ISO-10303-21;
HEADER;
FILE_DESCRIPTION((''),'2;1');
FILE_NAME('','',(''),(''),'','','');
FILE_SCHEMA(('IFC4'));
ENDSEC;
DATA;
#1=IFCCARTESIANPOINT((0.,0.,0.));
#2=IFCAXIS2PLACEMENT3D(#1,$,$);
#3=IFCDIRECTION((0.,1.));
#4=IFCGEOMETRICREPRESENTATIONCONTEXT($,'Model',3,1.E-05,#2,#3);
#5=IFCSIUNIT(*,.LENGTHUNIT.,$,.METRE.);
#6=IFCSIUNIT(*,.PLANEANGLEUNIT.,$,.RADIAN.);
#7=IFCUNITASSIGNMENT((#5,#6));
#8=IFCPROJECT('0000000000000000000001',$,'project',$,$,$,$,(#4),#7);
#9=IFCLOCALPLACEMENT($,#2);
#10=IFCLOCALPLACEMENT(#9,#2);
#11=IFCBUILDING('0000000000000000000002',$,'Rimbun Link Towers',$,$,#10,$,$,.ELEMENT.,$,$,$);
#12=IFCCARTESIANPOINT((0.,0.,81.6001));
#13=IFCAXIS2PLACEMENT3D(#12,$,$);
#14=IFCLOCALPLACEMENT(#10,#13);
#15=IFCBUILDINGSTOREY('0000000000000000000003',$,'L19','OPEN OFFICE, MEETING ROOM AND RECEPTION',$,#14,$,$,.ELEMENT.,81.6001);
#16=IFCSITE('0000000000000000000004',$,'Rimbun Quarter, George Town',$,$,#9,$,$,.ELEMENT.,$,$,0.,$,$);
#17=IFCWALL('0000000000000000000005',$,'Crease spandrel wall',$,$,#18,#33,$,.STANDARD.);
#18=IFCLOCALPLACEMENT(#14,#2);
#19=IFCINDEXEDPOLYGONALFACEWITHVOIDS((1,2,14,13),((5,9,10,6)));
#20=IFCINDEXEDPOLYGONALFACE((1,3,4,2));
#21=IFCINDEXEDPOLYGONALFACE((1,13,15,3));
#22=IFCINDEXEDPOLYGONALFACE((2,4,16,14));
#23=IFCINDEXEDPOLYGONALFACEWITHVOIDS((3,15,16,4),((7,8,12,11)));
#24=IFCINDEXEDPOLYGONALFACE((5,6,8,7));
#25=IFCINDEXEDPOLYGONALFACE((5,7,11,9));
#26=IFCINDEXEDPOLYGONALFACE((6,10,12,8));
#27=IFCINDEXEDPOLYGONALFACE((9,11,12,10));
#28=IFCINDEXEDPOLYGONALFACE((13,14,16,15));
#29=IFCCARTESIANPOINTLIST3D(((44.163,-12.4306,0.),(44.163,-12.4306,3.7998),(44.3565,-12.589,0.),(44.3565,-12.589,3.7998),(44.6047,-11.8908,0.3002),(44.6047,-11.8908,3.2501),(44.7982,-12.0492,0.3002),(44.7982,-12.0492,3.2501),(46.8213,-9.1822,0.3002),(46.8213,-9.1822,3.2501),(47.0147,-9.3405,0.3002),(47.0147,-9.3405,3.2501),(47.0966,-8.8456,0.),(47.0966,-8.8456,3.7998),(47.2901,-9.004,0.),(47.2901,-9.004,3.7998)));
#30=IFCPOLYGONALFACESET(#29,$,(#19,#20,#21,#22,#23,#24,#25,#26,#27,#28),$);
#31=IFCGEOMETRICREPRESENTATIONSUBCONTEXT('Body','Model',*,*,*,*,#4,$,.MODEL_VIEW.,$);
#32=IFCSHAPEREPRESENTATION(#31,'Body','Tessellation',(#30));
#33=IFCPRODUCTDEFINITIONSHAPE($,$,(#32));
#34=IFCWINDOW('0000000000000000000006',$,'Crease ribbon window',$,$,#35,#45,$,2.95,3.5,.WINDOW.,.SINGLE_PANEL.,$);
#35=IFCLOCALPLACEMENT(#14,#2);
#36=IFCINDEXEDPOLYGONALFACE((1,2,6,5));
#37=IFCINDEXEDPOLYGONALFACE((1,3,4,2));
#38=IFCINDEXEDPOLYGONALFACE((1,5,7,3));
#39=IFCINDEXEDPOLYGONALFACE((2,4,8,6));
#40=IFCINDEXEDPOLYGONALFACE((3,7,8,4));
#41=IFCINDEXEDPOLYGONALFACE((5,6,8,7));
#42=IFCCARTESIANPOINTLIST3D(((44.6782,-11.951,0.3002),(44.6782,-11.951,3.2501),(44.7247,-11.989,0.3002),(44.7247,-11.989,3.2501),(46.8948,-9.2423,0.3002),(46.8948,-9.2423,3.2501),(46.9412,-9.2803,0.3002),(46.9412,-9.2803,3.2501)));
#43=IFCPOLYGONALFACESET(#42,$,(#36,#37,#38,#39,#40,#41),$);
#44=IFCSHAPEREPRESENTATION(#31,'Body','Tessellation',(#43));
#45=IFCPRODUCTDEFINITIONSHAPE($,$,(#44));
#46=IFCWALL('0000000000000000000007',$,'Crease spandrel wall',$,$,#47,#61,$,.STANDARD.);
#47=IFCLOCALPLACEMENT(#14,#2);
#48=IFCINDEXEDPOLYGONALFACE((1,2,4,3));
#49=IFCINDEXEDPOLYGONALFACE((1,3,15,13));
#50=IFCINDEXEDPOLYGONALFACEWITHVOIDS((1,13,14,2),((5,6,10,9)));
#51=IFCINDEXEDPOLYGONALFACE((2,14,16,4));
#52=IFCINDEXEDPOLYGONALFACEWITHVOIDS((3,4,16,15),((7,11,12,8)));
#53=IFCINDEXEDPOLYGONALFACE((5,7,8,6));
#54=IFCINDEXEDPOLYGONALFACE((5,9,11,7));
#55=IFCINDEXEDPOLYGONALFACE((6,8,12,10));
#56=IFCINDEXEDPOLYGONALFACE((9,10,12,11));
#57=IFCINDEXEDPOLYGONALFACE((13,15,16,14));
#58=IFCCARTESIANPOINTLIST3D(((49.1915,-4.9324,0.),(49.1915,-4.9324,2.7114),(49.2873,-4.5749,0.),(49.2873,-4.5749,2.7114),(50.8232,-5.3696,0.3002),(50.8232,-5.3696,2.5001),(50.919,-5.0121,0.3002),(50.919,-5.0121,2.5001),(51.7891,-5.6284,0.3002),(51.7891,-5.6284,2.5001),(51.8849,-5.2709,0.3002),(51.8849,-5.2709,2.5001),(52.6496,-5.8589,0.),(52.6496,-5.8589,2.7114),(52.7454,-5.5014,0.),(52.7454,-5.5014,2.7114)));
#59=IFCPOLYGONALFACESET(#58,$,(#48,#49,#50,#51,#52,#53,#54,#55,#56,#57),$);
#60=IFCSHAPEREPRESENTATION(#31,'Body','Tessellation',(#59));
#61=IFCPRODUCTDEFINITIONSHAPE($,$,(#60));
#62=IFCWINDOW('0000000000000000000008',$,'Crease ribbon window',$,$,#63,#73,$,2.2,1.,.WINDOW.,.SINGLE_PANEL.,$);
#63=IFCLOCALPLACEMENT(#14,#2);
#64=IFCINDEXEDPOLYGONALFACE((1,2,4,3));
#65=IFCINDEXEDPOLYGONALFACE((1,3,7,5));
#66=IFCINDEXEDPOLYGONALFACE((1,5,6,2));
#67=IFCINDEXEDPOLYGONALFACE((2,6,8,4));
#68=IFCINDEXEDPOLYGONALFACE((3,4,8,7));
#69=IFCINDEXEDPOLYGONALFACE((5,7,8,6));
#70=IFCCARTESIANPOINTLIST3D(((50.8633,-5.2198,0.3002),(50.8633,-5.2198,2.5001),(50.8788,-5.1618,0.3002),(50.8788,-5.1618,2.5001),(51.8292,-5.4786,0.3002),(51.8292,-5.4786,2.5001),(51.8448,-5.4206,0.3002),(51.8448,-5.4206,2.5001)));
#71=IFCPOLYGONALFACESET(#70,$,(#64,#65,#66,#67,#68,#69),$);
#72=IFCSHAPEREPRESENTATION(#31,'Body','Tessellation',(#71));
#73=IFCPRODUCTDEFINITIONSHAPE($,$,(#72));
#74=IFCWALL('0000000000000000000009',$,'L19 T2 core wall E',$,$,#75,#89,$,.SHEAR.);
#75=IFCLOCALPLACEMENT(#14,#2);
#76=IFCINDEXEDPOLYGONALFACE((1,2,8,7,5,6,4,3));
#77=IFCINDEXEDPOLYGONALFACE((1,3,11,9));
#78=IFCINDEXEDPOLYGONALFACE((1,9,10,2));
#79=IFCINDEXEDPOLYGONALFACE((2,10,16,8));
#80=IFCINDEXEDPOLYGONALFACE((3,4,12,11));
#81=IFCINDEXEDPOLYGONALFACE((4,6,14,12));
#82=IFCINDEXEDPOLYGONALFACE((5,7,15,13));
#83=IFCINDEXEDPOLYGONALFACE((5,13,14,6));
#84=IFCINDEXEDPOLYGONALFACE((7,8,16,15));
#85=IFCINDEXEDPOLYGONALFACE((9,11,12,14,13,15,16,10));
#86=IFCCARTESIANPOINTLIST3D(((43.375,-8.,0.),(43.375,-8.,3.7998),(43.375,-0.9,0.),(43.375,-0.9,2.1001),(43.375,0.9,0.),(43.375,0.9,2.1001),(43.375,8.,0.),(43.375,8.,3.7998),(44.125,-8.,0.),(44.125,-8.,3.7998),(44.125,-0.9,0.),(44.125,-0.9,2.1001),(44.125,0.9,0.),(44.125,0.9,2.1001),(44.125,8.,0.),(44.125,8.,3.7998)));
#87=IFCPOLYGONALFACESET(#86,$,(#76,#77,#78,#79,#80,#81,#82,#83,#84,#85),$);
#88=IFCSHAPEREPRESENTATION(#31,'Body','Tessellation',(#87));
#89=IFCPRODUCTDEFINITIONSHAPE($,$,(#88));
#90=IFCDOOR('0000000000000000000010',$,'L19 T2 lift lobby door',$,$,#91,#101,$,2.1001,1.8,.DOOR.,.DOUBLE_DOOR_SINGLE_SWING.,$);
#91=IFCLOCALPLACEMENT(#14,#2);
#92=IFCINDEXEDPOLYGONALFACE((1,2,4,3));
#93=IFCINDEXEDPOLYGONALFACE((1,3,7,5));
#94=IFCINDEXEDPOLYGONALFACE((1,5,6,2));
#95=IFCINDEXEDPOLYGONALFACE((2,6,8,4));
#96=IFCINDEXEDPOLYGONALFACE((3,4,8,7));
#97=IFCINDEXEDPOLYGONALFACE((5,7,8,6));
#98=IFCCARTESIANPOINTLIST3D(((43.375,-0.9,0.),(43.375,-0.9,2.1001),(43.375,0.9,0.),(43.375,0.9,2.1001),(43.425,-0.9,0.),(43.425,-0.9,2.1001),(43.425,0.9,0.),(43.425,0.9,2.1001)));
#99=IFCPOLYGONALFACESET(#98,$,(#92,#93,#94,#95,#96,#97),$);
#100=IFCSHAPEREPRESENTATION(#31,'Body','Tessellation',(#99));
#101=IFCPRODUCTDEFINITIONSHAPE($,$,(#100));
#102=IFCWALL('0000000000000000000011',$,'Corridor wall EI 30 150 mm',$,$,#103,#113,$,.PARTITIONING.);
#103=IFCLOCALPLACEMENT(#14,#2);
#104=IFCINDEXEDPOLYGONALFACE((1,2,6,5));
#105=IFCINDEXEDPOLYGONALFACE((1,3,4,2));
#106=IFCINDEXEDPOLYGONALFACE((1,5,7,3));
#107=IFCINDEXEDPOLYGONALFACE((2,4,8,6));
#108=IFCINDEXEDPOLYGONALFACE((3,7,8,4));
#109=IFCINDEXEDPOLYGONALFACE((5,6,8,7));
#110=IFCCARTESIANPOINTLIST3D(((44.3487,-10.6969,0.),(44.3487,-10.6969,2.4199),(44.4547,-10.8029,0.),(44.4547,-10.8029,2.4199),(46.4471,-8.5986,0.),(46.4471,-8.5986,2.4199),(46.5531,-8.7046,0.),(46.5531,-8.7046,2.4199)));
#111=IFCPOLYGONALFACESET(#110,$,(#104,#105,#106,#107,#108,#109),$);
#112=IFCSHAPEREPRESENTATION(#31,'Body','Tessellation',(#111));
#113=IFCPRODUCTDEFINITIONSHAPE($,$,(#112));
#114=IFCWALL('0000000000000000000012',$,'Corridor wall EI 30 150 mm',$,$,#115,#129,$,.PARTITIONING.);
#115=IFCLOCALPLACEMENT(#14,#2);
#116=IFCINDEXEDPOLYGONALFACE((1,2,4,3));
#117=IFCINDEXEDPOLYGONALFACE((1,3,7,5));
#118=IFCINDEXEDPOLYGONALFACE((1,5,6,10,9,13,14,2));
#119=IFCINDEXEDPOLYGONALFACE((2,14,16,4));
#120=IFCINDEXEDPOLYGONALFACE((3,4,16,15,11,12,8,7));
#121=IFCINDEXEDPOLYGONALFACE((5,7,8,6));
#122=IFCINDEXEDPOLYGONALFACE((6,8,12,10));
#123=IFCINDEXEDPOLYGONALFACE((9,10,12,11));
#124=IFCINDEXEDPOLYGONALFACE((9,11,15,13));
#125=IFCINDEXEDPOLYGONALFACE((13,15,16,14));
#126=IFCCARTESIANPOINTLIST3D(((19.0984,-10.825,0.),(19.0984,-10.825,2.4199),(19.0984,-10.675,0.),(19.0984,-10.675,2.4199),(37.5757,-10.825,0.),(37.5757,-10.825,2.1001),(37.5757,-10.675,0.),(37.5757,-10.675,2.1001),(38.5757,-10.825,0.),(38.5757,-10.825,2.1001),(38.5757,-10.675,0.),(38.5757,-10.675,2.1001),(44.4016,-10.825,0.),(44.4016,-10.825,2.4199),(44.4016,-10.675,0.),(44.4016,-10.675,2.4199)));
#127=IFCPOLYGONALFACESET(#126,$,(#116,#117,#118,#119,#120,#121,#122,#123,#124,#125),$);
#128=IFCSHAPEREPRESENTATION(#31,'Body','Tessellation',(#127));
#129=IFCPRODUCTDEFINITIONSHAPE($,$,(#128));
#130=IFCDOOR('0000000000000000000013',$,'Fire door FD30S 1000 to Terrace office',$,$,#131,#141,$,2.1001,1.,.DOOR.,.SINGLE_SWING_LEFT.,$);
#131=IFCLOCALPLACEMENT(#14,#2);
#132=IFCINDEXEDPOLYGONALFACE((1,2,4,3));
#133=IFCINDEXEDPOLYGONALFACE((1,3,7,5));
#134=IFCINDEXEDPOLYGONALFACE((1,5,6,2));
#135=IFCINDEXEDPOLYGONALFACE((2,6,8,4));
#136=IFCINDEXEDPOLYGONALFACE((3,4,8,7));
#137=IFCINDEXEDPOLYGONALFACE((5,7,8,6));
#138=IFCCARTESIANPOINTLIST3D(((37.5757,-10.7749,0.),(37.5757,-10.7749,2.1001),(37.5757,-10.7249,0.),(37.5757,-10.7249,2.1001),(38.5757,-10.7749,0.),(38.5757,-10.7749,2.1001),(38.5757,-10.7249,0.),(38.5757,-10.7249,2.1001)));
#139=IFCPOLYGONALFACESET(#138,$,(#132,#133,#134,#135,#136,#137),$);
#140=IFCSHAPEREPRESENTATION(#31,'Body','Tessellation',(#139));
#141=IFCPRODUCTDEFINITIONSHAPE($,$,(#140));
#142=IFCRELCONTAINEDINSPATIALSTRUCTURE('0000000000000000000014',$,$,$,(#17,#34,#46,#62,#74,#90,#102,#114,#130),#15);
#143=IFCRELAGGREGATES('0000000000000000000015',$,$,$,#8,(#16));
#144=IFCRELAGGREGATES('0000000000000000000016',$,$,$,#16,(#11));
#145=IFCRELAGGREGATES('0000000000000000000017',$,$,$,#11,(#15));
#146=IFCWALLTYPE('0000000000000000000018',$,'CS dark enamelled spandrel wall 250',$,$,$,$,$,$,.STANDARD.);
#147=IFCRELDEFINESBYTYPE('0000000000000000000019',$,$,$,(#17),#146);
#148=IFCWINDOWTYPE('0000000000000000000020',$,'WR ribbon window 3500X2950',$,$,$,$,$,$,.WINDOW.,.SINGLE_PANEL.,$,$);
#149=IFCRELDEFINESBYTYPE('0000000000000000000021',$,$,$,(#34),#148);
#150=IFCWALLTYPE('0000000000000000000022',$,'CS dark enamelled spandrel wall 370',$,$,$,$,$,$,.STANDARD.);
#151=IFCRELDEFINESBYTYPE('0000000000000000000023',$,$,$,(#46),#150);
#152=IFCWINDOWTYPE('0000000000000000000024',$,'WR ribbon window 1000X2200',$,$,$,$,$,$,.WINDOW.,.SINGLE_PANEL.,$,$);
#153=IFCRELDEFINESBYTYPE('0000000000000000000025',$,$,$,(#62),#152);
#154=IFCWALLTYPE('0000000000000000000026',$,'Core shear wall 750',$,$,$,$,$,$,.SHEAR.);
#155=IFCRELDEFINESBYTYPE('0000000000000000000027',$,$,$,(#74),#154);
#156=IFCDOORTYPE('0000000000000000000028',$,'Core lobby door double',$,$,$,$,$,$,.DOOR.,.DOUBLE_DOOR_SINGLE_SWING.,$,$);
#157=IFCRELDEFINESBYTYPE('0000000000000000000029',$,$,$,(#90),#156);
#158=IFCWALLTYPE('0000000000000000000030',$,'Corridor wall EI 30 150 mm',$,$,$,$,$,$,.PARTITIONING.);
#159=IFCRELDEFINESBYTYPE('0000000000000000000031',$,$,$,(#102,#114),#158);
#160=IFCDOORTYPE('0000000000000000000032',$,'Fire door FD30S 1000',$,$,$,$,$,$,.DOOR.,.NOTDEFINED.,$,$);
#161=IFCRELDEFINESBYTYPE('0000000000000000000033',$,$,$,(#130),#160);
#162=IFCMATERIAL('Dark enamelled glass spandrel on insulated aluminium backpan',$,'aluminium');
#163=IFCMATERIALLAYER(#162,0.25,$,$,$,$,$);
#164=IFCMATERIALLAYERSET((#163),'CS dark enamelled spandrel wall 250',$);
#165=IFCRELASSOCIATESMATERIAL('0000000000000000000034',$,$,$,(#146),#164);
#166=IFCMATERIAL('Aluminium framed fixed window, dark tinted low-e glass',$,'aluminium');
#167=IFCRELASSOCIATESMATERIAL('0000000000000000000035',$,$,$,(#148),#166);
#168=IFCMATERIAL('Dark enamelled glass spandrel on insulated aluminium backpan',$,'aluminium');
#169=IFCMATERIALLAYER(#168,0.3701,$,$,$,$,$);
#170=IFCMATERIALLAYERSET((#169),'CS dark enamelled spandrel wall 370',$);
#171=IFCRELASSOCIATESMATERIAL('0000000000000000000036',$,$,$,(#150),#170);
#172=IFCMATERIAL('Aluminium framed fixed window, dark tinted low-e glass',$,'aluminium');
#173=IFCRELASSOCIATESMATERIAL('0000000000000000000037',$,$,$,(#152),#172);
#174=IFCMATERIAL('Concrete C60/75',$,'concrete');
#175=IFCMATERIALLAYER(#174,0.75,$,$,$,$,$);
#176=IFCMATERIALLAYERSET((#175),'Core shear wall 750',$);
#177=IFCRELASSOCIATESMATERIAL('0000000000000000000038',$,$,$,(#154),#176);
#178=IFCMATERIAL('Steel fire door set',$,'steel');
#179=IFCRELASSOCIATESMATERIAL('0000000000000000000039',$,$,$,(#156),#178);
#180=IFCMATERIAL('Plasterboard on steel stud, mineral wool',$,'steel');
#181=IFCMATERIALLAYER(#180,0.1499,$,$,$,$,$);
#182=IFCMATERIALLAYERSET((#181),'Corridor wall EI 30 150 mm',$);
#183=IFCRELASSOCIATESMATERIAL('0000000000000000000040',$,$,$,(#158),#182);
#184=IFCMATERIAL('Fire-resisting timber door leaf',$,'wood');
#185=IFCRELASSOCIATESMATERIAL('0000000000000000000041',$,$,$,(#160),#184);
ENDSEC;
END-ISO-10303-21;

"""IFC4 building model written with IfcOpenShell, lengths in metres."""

from ifc_helpers import new_model, si_unit, direction, frame, frame_2d, origin, place, context, subcontext, project, spatial, rectangle, extrude, material, layer, layer_set, type_object, element, fill, save


model = new_model("IFC4")

# Units and contexts
model_context = context("Model", 3, precision=1e-05, world=origin(), true_north=direction((0.0, 1.0)))
body_context = subcontext(model_context, "Body", "Model", "MODEL_VIEW")
ifc_project = project(units=[si_unit("LENGTHUNIT", "METRE"), si_unit("PLANEANGLEUNIT", "RADIAN")], contexts=[model_context])

# Site, building, storey
site_placement = place(None, origin())
site = spatial("IfcSite", under=ifc_project, at=site_placement, Name="Rimbun Quarter, George Town", CompositionType="ELEMENT", RefElevation=0.0)
building_placement = place(site_placement, origin())
building = spatial("IfcBuilding", under=site, at=building_placement, Name="Rimbun Link Towers", CompositionType="ELEMENT")
storey_placement = place(building_placement, frame((0.0, 0.0, 81.6001)))
storey = spatial("IfcBuildingStorey", under=building, at=storey_placement, Name="L19", Description="OPEN OFFICE, MEETING ROOM AND RECEPTION", CompositionType="ELEMENT", Elevation=81.6001)

# Walls, openings, windows
ifc_material_1 = material(Name="Dark enamelled glass spandrel on insulated aluminium backpan", Category="aluminium")
ifc_layer_1 = layer(ifc_material_1, 0.25)
ifc_layer_set_1 = layer_set([ifc_layer_1], Name="CS dark enamelled spandrel wall 250")
wall_type_1 = type_object("IfcWallType", Name="CS dark enamelled spandrel wall 250", PredefinedType="STANDARD", material=ifc_layer_set_1)
wall_1_placement = place(storey_placement, frame((47.1934, -8.9248, 0.0), z_axis=(0.0, 0.0, 1.0), x_axis=(-0.633295, -0.77391, 0.0)))
wall_1 = element("IfcWall", 1, at=wall_1_placement, inside=storey, type_object=wall_type_1, Name="Crease spandrel wall", PredefinedType="STANDARD", context=body_context, shape_type="SweptSolid", body=[
    extrude(rectangle(XDim=4.6323, YDim=0.25, at=frame_2d((2.3162, 0.0))), origin(), (0.0, 0.0, 1.0), 3.7998),
])
opening_1_placement = place(wall_1_placement, frame((0.4348, 0.0, 0.3)))
opening_1 = element("IfcOpeningElement", 2, at=opening_1_placement, cuts=wall_1, PredefinedType="OPENING", context=body_context, shape_type="SweptSolid", body=[
    extrude(rectangle(XDim=3.5, YDim=2.95, at=frame_2d((1.75, 1.4751))), frame((0.0, 0.135, 0.0), z_axis=(0.0, -1.0, 0.0), x_axis=(1.0, 0.0, 0.0)), (0.0, 0.0, 1.0), 0.27),
])
ifc_material_2 = material(Name="Aluminium framed fixed window, dark tinted low-e glass", Category="aluminium")
window_type_1 = type_object("IfcWindowType", Name="WR ribbon window 3500X2950", PartitioningType="SINGLE_PANEL", PredefinedType="WINDOW", material=ifc_material_2)
window_1_placement = place(opening_1_placement, origin())
window_1 = element("IfcWindow", 3, at=window_1_placement, inside=storey, type_object=window_type_1, Name="Crease ribbon window", OverallHeight=2.95, OverallWidth=3.5, PartitioningType="SINGLE_PANEL", PredefinedType="WINDOW", context=body_context, shape_type="SweptSolid", body=[
    extrude(rectangle(XDim=3.5, YDim=2.95, at=frame_2d((1.75, 1.4751))), frame((0.0, 0.03, 0.0), z_axis=(0.0, -1.0, 0.0), x_axis=(1.0, 0.0, 0.0)), (0.0, 0.0, 1.0), 0.0601),
])
fill(opening_1, window_1)
ifc_material_3 = material(Name="Dark enamelled glass spandrel on insulated aluminium backpan", Category="aluminium")
ifc_layer_2 = layer(ifc_material_3, 0.3701)
ifc_layer_set_2 = layer_set([ifc_layer_2], Name="CS dark enamelled spandrel wall 370")
wall_type_2 = type_object("IfcWallType", Name="CS dark enamelled spandrel wall 370", PredefinedType="STANDARD", material=ifc_layer_set_2)
wall_2_placement = place(storey_placement, frame((52.6975, -5.6802, 0.0), z_axis=(0.0, 0.0, 1.0), x_axis=(-0.96593, 0.258804, 0.0)))
wall_2 = element("IfcWall", 4, at=wall_2_placement, inside=storey, type_object=wall_type_2, Name="Crease spandrel wall", PredefinedType="STANDARD", context=body_context, shape_type="SweptSolid", body=[
    extrude(rectangle(XDim=3.5801, YDim=0.3701, at=frame_2d((1.79, 0.0))), origin(), (0.0, 0.0, 1.0), 2.7114),
])
opening_2_placement = place(wall_2_placement, frame((0.8909, 0.0, 0.3)))
opening_2 = element("IfcOpeningElement", 5, at=opening_2_placement, cuts=wall_2, PredefinedType="OPENING", context=body_context, shape_type="SweptSolid", body=[
    extrude(rectangle(XDim=1.0, YDim=2.2, at=frame_2d((0.5, 1.1001))), frame((0.0, 0.1951, 0.0), z_axis=(0.0, -1.0, 0.0), x_axis=(1.0, 0.0, 0.0)), (0.0, 0.0, 1.0), 0.3901),
])
ifc_material_4 = material(Name="Aluminium framed fixed window, dark tinted low-e glass", Category="aluminium")
window_type_2 = type_object("IfcWindowType", Name="WR ribbon window 1000X2200", PartitioningType="SINGLE_PANEL", PredefinedType="WINDOW", material=ifc_material_4)
window_2_placement = place(opening_2_placement, origin())
window_2 = element("IfcWindow", 6, at=window_2_placement, inside=storey, type_object=window_type_2, Name="Crease ribbon window", OverallHeight=2.2, OverallWidth=1.0, PartitioningType="SINGLE_PANEL", PredefinedType="WINDOW", context=body_context, shape_type="SweptSolid", body=[
    extrude(rectangle(XDim=1.0, YDim=2.2, at=frame_2d((0.5, 1.1001))), frame((0.0, 0.03, 0.0), z_axis=(0.0, -1.0, 0.0), x_axis=(1.0, 0.0, 0.0)), (0.0, 0.0, 1.0), 0.0601),
])
fill(opening_2, window_2)

# Wall, opening, door
ifc_material_5 = material(Name="Concrete C60/75", Category="concrete")
ifc_layer_3 = layer(ifc_material_5, 0.75)
ifc_layer_set_3 = layer_set([ifc_layer_3], Name="Core shear wall 750")
wall_type_3 = type_object("IfcWallType", Name="Core shear wall 750", PredefinedType="SHEAR", material=ifc_layer_set_3)
wall_3_placement = place(storey_placement, frame((43.75, -8.0, 0.0), z_axis=(0.0, 0.0, 1.0), x_axis=(0.0, 1.0, 0.0)))
wall_3 = element("IfcWall", 7, at=wall_3_placement, inside=storey, type_object=wall_type_3, Name="L19 T2 core wall E", PredefinedType="SHEAR", context=body_context, shape_type="SweptSolid", body=[
    extrude(rectangle(XDim=16.0, YDim=0.75, at=frame_2d((8.0, 0.0))), origin(), (0.0, 0.0, 1.0), 3.7998),
])
opening_3_placement = place(wall_3_placement, frame((7.1001, 0.0, 0.0)))
opening_3 = element("IfcOpeningElement", 8, at=opening_3_placement, cuts=wall_3, PredefinedType="OPENING", context=body_context, shape_type="SweptSolid", body=[
    extrude(rectangle(XDim=1.8, YDim=2.1001, at=frame_2d((0.8999, 1.05))), frame((0.0, 0.385, 0.0), z_axis=(0.0, -1.0, 0.0), x_axis=(1.0, 0.0, 0.0)), (0.0, 0.0, 1.0), 0.77),
])
ifc_material_6 = material(Name="Steel fire door set", Category="steel")
door_type_1 = type_object("IfcDoorType", Name="Core lobby door double", OperationType="DOUBLE_DOOR_SINGLE_SWING", PredefinedType="DOOR", material=ifc_material_6)
door_1_placement = place(opening_3_placement, origin())
door_1 = element("IfcDoor", 9, at=door_1_placement, inside=storey, type_object=door_type_1, Name="L19 T2 lift lobby door", OperationType="DOUBLE_DOOR_SINGLE_SWING", OverallHeight=2.1001, OverallWidth=1.8, PredefinedType="DOOR", context=body_context, shape_type="SweptSolid", body=[
    extrude(rectangle(XDim=1.8, YDim=2.1001, at=frame_2d((0.8999, 1.05))), frame((0.0, 0.375, 0.0), z_axis=(0.0, -1.0, 0.0), x_axis=(1.0, 0.0, 0.0)), (0.0, 0.0, 1.0), 0.05),
])
fill(opening_3, door_1)

# Wall
ifc_material_7 = material(Name="Plasterboard on steel stud, mineral wool", Category="steel")
ifc_layer_4 = layer(ifc_material_7, 0.1499)
ifc_layer_set_4 = layer_set([ifc_layer_4], Name="Corridor wall EI 30 150 mm")
wall_type_4 = type_object("IfcWallType", Name="Corridor wall EI 30 150 mm", PredefinedType="PARTITIONING", material=ifc_layer_set_4)
wall_4_placement = place(storey_placement, frame((44.4016, -10.75, 0.0), z_axis=(0.0, 0.0, 1.0), x_axis=(0.707107, 0.707107, 0.0)))
element("IfcWall", 10, at=wall_4_placement, inside=storey, type_object=wall_type_4, Name="Corridor wall EI 30 150 mm", PredefinedType="PARTITIONING", context=body_context, shape_type="SweptSolid", body=[
    extrude(rectangle(XDim=2.9675, YDim=0.1499, at=frame_2d((1.4839, 0.0))), origin(), (0.0, 0.0, 1.0), 2.4199),
])

# Wall, opening, door
wall_5_placement = place(storey_placement, frame((44.4016, -10.75, 0.0), z_axis=(0.0, 0.0, 1.0), x_axis=(-1.0, 0.0, 0.0)))
wall_5 = element("IfcWall", 11, at=wall_5_placement, inside=storey, type_object=wall_type_4, Name="Corridor wall EI 30 150 mm", PredefinedType="PARTITIONING", context=body_context, shape_type="SweptSolid", body=[
    extrude(rectangle(XDim=25.3032, YDim=0.1499, at=frame_2d((12.6516, 0.0))), origin(), (0.0, 0.0, 1.0), 2.4199),
])
opening_4_placement = place(wall_5_placement, frame((5.8259, 0.0, 0.0)))
opening_4 = element("IfcOpeningElement", 12, at=opening_4_placement, cuts=wall_5, PredefinedType="OPENING", context=body_context, shape_type="SweptSolid", body=[
    extrude(rectangle(XDim=1.0, YDim=2.1001, at=frame_2d((0.5, 1.05))), frame((0.0, 0.085, 0.0), z_axis=(0.0, -1.0, 0.0), x_axis=(1.0, 0.0, 0.0)), (0.0, 0.0, 1.0), 0.1699),
])
ifc_material_8 = material(Name="Fire-resisting timber door leaf", Category="wood")
door_type_2 = type_object("IfcDoorType", Name="Fire door FD30S 1000", OperationType="NOTDEFINED", PredefinedType="DOOR", material=ifc_material_8)
door_2_placement = place(opening_4_placement, origin())
door_2 = element("IfcDoor", 13, at=door_2_placement, inside=storey, type_object=door_type_2, Name="Fire door FD30S 1000 to Terrace office", OperationType="SINGLE_SWING_LEFT", OverallHeight=2.1001, OverallWidth=1.0, PredefinedType="DOOR", context=body_context, shape_type="SweptSolid", body=[
    extrude(rectangle(XDim=1.0, YDim=2.1001, at=frame_2d((0.5, 1.05))), frame((0.0, 0.0249, 0.0), z_axis=(0.0, -1.0, 0.0), x_axis=(1.0, 0.0, 0.0)), (0.0, 0.0, 1.0), 0.05),
])
fill(opening_4, door_2)

save(model, "model.ifc")
